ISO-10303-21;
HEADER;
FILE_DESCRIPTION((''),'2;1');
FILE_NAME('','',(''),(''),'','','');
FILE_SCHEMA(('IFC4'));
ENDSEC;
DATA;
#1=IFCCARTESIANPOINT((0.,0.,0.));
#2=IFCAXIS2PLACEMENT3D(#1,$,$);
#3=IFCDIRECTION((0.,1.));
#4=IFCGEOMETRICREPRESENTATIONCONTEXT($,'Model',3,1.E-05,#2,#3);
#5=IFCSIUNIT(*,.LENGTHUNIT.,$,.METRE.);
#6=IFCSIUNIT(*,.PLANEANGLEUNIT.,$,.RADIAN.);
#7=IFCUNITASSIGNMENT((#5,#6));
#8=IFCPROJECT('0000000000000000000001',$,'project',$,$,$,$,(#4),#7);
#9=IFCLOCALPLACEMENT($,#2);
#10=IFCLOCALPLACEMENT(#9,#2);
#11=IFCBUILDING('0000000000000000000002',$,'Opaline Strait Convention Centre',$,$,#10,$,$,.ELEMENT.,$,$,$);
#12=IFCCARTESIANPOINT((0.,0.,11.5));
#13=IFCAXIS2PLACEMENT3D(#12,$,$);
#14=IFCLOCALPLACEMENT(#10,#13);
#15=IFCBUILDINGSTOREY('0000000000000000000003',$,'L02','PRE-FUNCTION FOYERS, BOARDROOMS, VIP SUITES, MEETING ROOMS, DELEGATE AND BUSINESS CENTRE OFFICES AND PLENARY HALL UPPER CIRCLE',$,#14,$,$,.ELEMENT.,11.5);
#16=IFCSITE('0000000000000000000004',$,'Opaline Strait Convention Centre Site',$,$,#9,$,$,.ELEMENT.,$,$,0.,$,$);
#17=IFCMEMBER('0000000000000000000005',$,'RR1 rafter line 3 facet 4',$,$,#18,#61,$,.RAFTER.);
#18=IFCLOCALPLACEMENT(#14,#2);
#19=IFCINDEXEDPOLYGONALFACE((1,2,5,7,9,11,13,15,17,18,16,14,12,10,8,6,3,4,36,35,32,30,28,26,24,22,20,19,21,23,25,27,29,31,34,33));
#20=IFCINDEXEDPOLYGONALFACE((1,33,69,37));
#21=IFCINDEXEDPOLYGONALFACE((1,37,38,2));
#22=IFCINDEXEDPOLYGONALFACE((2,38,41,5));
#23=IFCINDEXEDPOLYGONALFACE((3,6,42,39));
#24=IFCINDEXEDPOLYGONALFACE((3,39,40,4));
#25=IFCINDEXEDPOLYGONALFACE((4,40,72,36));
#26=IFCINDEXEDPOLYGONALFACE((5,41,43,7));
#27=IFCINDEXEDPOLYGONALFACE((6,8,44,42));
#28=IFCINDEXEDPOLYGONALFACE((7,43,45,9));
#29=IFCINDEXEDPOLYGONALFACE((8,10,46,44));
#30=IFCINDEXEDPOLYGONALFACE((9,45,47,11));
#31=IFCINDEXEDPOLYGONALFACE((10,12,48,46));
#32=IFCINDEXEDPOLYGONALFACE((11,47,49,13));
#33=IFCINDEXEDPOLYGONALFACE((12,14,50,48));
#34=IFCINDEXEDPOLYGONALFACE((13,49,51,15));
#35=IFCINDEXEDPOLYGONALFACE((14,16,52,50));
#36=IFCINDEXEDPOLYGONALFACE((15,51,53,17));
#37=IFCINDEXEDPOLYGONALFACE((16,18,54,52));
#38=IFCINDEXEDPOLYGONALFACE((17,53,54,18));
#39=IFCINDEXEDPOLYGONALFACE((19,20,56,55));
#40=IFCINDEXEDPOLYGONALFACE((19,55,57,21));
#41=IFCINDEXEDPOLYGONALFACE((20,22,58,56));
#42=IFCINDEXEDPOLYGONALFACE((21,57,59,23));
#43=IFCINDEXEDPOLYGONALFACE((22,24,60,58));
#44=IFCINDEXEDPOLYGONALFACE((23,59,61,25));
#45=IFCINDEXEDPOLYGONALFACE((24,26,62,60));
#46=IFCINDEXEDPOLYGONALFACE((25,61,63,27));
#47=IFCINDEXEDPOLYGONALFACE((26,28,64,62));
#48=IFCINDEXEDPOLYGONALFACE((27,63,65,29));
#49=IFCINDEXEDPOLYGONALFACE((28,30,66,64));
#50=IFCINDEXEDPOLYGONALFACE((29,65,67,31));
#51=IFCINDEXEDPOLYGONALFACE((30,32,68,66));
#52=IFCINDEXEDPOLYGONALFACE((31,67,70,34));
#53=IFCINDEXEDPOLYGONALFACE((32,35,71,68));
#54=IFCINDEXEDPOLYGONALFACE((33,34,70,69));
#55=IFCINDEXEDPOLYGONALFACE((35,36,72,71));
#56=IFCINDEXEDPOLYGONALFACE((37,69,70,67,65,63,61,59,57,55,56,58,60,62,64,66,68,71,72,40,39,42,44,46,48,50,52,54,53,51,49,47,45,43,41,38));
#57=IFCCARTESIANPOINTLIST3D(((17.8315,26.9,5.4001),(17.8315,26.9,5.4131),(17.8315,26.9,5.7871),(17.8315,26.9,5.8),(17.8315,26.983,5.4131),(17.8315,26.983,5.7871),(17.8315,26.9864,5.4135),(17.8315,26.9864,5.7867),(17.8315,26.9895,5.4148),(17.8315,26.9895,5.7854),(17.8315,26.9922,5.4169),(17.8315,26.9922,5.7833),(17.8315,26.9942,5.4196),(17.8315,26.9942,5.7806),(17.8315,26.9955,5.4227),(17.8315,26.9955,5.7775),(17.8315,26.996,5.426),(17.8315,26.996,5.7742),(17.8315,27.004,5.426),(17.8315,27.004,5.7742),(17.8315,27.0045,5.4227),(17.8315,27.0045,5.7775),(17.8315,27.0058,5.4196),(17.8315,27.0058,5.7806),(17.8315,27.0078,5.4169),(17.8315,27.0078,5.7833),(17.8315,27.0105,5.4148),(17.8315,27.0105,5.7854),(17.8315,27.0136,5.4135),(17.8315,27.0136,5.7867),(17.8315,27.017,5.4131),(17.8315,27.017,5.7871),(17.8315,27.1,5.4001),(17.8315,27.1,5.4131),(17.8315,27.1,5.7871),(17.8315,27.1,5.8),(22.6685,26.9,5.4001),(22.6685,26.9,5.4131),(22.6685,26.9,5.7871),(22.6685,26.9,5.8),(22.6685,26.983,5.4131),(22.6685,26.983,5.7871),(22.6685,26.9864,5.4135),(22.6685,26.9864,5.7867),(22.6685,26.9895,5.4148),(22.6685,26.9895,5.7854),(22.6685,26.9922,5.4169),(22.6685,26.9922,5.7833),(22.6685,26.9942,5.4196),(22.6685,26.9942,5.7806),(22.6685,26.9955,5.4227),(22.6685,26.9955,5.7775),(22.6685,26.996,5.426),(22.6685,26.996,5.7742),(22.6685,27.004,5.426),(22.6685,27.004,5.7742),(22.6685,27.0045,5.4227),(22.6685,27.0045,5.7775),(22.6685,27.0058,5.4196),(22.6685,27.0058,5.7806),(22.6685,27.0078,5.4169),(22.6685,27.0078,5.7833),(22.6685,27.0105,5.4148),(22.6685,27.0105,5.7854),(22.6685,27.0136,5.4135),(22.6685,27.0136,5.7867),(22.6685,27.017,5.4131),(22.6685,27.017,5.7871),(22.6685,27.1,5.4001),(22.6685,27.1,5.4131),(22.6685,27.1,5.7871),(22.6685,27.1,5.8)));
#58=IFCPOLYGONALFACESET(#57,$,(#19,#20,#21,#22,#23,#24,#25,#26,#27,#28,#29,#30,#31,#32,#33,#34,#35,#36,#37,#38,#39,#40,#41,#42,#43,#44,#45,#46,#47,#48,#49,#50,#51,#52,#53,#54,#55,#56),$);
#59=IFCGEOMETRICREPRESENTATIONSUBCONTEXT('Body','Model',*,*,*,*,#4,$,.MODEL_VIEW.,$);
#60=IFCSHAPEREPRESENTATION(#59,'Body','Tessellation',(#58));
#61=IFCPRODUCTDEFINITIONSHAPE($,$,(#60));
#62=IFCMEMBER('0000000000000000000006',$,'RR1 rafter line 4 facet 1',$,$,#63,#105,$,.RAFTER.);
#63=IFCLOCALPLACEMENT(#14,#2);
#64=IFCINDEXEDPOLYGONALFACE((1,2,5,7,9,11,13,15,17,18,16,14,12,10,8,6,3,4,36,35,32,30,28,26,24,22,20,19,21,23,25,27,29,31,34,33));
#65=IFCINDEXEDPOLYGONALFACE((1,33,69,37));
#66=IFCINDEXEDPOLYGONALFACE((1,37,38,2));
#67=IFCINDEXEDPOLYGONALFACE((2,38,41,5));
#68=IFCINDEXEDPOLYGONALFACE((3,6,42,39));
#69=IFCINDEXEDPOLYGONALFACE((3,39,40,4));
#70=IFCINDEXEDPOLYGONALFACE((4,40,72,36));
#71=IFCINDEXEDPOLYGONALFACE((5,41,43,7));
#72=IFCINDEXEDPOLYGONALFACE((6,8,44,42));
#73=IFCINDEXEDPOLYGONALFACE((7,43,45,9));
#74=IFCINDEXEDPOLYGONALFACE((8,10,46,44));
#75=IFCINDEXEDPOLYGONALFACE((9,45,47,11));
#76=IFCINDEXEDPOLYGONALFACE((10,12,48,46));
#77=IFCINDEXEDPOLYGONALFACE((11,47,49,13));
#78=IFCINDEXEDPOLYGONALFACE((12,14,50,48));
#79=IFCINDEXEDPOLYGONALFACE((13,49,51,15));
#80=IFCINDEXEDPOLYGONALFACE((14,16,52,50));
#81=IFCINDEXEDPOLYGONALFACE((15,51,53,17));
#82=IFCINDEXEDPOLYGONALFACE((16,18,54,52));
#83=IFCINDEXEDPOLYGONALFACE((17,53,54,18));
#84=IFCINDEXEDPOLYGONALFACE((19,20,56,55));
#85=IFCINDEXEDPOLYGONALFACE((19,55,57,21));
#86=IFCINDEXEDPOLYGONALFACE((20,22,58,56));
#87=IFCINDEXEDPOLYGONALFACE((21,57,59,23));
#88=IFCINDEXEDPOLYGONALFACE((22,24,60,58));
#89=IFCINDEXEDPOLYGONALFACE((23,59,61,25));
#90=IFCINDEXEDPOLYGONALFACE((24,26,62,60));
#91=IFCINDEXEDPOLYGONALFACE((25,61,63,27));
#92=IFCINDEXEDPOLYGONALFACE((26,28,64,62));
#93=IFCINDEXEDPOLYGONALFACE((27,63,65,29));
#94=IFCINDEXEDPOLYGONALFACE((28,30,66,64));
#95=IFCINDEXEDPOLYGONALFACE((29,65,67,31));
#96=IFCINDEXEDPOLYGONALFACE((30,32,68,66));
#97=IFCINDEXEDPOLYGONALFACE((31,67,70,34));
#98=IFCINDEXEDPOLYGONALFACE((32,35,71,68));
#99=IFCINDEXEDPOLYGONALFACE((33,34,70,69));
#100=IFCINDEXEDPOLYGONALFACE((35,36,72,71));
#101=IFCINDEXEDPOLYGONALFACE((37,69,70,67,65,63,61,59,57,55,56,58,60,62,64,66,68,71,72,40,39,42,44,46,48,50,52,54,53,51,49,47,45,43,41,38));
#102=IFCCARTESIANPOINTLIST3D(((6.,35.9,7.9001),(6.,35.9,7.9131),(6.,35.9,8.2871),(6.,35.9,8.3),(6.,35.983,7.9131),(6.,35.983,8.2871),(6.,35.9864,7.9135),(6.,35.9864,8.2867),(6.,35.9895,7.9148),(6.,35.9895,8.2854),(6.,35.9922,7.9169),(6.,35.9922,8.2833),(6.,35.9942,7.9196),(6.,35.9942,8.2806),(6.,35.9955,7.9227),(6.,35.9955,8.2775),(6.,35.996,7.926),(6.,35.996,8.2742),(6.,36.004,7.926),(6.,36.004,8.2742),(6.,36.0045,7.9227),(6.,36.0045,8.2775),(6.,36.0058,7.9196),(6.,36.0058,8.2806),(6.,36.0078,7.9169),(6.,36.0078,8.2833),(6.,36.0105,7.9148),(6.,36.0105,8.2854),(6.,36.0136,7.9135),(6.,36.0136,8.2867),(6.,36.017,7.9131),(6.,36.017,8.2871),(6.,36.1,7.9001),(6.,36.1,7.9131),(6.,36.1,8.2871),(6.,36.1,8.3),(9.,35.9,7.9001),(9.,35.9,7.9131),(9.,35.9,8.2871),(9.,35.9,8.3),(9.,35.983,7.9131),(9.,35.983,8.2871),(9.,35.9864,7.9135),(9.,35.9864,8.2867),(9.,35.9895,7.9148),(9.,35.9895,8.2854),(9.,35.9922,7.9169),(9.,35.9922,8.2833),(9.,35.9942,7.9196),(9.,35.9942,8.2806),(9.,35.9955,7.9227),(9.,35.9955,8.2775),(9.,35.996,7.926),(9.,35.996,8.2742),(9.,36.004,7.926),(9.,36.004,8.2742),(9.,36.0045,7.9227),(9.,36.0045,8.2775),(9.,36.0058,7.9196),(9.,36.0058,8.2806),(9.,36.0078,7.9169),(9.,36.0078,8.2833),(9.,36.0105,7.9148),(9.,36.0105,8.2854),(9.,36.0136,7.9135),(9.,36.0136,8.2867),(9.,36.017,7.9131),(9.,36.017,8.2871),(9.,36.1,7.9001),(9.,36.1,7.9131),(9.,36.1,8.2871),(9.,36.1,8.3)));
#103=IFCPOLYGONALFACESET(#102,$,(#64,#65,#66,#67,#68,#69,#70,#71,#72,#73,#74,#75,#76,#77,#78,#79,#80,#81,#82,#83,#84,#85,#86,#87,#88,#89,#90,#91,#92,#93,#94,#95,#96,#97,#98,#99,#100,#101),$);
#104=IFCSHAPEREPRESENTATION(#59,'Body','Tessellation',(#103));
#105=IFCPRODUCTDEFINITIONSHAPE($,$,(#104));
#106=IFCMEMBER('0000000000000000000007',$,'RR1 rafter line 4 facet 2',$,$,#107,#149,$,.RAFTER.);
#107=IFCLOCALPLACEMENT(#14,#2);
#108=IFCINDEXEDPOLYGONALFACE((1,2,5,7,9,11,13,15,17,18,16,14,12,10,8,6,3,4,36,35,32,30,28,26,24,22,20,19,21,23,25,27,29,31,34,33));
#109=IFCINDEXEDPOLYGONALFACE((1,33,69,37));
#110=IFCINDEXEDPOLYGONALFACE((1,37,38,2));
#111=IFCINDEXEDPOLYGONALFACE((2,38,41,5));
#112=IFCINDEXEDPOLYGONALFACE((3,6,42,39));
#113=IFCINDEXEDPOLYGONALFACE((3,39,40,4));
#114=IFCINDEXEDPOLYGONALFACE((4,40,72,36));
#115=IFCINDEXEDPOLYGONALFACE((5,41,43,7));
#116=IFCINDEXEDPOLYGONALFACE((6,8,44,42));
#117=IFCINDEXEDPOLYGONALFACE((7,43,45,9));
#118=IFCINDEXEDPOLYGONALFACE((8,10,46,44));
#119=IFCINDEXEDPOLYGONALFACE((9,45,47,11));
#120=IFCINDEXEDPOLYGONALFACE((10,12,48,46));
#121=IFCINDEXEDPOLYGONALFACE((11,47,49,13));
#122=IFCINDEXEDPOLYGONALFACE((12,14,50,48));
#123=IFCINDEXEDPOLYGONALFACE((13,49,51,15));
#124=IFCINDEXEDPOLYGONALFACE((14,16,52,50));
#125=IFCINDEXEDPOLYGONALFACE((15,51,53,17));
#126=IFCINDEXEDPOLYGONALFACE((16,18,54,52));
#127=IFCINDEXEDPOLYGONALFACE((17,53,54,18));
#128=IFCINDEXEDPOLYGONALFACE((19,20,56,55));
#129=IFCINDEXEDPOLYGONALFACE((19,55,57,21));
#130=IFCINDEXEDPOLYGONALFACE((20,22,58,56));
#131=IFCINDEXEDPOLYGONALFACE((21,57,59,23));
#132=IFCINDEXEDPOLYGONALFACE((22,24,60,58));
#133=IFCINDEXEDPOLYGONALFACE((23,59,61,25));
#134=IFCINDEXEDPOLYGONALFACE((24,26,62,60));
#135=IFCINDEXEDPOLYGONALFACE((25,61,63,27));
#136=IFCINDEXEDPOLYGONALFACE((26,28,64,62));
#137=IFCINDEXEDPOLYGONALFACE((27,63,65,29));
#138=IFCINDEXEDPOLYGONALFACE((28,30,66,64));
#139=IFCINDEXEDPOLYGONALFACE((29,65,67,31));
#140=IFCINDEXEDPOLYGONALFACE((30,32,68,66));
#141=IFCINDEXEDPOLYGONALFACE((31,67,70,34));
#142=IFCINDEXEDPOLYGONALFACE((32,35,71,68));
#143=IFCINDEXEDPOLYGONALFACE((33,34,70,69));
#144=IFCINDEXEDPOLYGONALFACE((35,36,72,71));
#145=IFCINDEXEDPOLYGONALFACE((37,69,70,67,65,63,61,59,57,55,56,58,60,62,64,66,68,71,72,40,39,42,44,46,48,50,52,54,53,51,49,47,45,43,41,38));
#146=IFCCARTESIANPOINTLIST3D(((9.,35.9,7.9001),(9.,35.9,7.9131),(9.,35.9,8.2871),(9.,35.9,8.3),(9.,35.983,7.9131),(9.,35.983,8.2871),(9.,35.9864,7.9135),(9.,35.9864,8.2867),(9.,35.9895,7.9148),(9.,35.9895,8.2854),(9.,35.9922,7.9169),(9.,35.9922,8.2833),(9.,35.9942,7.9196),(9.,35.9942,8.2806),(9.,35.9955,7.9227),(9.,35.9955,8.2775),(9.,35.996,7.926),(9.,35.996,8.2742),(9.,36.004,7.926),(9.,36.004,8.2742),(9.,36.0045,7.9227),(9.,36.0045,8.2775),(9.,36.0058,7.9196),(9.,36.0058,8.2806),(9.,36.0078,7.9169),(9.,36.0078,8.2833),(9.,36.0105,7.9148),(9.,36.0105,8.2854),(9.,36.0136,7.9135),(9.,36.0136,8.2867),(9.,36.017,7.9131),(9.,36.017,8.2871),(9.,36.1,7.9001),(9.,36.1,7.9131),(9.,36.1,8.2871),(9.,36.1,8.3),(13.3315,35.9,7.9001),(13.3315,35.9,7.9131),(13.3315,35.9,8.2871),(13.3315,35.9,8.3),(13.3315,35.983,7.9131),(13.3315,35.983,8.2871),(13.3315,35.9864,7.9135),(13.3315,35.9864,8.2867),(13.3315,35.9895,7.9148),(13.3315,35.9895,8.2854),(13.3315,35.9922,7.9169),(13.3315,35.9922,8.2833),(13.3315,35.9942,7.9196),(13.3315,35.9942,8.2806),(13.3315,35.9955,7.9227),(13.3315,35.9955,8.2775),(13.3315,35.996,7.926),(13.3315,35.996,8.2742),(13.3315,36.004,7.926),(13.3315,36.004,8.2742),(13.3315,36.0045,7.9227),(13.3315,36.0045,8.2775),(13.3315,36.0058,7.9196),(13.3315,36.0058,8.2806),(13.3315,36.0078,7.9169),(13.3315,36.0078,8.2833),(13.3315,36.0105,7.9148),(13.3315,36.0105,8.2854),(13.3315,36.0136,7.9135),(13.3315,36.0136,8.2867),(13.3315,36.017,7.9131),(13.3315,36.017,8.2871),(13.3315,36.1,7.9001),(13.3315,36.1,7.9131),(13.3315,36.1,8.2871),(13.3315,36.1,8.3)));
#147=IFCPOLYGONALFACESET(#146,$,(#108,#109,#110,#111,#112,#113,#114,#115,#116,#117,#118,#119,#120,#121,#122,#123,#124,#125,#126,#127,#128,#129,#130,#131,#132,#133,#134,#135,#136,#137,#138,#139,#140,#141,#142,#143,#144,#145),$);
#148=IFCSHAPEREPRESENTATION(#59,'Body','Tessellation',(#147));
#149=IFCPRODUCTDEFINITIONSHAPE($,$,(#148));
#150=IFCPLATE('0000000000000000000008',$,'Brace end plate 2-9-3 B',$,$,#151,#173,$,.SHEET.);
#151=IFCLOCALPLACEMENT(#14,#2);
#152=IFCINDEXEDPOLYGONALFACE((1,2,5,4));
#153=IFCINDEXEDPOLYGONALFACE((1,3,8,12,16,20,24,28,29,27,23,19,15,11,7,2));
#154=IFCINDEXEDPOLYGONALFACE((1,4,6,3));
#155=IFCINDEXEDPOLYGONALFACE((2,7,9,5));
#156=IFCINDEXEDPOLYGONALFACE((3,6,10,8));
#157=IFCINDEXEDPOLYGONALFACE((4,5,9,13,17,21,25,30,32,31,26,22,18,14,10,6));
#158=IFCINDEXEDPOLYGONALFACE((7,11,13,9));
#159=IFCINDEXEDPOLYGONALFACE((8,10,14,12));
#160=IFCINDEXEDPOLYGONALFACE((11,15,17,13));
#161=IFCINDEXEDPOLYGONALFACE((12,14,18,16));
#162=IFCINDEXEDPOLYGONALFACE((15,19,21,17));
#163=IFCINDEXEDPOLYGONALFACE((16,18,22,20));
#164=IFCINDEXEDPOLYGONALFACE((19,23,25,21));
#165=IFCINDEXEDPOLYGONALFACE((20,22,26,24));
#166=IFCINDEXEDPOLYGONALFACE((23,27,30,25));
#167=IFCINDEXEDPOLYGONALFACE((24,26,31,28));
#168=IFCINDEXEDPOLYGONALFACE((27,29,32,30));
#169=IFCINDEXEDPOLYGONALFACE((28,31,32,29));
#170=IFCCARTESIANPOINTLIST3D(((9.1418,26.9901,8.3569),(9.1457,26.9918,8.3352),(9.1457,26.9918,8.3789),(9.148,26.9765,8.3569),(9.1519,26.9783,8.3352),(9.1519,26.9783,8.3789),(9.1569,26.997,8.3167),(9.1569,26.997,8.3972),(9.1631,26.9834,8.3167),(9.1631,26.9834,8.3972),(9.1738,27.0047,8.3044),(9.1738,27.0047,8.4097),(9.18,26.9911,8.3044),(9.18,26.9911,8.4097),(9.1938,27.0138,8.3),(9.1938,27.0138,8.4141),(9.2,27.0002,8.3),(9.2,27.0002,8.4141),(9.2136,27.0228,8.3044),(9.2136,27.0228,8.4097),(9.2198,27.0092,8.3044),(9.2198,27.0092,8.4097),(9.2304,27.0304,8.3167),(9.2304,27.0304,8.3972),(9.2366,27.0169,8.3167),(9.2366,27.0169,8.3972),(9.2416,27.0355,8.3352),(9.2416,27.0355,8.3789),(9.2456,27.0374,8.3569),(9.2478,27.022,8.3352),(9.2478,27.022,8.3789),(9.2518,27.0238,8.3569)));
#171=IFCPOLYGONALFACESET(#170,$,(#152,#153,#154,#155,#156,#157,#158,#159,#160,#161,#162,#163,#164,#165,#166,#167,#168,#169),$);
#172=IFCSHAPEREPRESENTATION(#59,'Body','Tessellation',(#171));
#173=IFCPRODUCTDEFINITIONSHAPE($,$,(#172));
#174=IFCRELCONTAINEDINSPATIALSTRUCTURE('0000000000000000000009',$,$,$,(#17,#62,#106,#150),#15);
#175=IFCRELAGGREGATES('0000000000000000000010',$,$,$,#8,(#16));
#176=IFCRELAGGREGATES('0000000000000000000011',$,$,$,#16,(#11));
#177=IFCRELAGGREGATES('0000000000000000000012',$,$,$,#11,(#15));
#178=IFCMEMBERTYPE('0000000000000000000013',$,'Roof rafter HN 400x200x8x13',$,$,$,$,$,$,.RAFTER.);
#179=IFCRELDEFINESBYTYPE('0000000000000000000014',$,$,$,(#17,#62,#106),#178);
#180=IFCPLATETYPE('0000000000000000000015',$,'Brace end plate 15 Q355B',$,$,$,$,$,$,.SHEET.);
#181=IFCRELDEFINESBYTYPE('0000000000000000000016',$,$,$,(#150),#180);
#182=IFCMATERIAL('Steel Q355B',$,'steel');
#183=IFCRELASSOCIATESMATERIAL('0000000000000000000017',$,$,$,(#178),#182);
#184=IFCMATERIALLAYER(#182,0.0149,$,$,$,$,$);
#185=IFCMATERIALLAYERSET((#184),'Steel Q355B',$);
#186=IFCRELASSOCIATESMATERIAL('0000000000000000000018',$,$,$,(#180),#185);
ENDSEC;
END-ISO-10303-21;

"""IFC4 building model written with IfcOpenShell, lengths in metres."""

from ifc_helpers import new_model, si_unit, direction, frame, origin, origin_2d, place, context, subcontext, project, spatial, polyline, i_section, outline, extrude, material, layer, layer_set, material_profile, profile_set, type_object, element, save


model = new_model("IFC4")

# Units and contexts
model_context = context("Model", 3, precision=1e-05, world=origin(), true_north=direction((0.0, 1.0)))
body_context = subcontext(model_context, "Body", "Model", "MODEL_VIEW")
ifc_project = project(units=[si_unit("LENGTHUNIT", "METRE"), si_unit("PLANEANGLEUNIT", "RADIAN")], contexts=[model_context])

# Site, building, storey
site_placement = place(None, origin())
site = spatial("IfcSite", under=ifc_project, at=site_placement, Name="Opaline Strait Convention Centre Site", CompositionType="ELEMENT", RefElevation=0.0)
building_placement = place(site_placement, origin())
building = spatial("IfcBuilding", under=site, at=building_placement, Name="Opaline Strait Convention Centre", CompositionType="ELEMENT")
storey_placement = place(building_placement, frame((0.0, 0.0, 11.5)))
storey = spatial("IfcBuildingStorey", under=building, at=storey_placement, Name="L02", Description="PRE-FUNCTION FOYERS, BOARDROOMS, VIP SUITES, MEETING ROOMS, DELEGATE AND BUSINESS CENTRE OFFICES AND PLENARY HALL UPPER CIRCLE", CompositionType="ELEMENT", Elevation=11.5)

# Shared definitions
ifc_material_1 = material(Name="Steel Q355B", Category="steel")

# Members
ifc_material_profile_1 = material_profile(ifc_material_1, i_section(OverallWidth=0.2, OverallDepth=0.3999, WebThickness=0.0081, FlangeThickness=0.0129, FilletRadius=0.0129, at=origin_2d()), Name="HN 400x200x8x13")
ifc_profile_set_1 = profile_set([ifc_material_profile_1], Name="Steel Q355B")
member_type_1 = type_object("IfcMemberType", Name="Roof rafter HN 400x200x8x13", PredefinedType="RAFTER", material=ifc_profile_set_1)
member_1_placement = place(storey_placement, frame((17.8315, 27.0, 5.6001), z_axis=(1.0, 0.0, 0.0), x_axis=(0.0, 1.0, 0.0)))
element("IfcMember", 1, at=member_1_placement, inside=storey, type_object=member_type_1, Name="RR1 rafter line 3 facet 4", PredefinedType="RAFTER", context=body_context, shape_type="SweptSolid", body=[
    extrude(i_section(OverallWidth=0.2, OverallDepth=0.3999, WebThickness=0.0081, FlangeThickness=0.0129, FilletRadius=0.0129, at=origin_2d()), origin(), (0.0, 0.0, 1.0), 4.8369),
])
member_2_placement = place(storey_placement, frame((6.0, 36.0, 8.1001), z_axis=(1.0, 0.0, 0.0), x_axis=(0.0, 1.0, 0.0)))
element("IfcMember", 2, at=member_2_placement, inside=storey, type_object=member_type_1, Name="RR1 rafter line 4 facet 1", PredefinedType="RAFTER", context=body_context, shape_type="SweptSolid", body=[
    extrude(i_section(OverallWidth=0.2, OverallDepth=0.3999, WebThickness=0.0081, FlangeThickness=0.0129, FilletRadius=0.0129, at=origin_2d()), origin(), (0.0, 0.0, 1.0), 3.0),
])
member_3_placement = place(storey_placement, frame((9.0, 36.0, 8.1001), z_axis=(1.0, 0.0, 0.0), x_axis=(0.0, 1.0, 0.0)))
element("IfcMember", 3, at=member_3_placement, inside=storey, type_object=member_type_1, Name="RR1 rafter line 4 facet 2", PredefinedType="RAFTER", context=body_context, shape_type="SweptSolid", body=[
    extrude(i_section(OverallWidth=0.2, OverallDepth=0.3999, WebThickness=0.0081, FlangeThickness=0.0129, FilletRadius=0.0129, at=origin_2d()), origin(), (0.0, 0.0, 1.0), 4.3315),
])

# Plate
ifc_layer_1 = layer(ifc_material_1, 0.0149)
ifc_layer_set_1 = layer_set([ifc_layer_1], Name="Steel Q355B")
plate_type = type_object("IfcPlateType", Name="Brace end plate 15 Q355B", PredefinedType="SHEET", material=ifc_layer_set_1)
plate_1_placement = place(storey_placement, frame((9.2456, 27.0374, 8.3569), z_axis=(-0.414547, 0.910028, 0.0), x_axis=(-0.179212, -0.081637, -0.980418)))
element("IfcPlate", 4, at=plate_1_placement, inside=storey, type_object=plate_type, Name="Brace end plate 2-9-3 B", PredefinedType="SHEET", context=body_context, shape_type="SweptSolid", body=[
    extrude(outline(polyline([(0.0, 0.0), (0.0222, 0.0), (0.0428, 0.0084), (0.0584, 0.0242), (0.067, 0.0446), (0.067, 0.067), (0.0587, 0.0876), (0.0429, 0.1034), (0.0225, 0.1118), (0.0001, 0.112), (-0.0203, 0.1035), (-0.0362, 0.0877), (-0.0448, 0.0671), (-0.0448, 0.0449), (-0.0362, 0.0243), (-0.0207, 0.0086), (0.0, 0.0)])), origin(), (0.0, 0.0, -1.0), 0.0149),
])

save(model, "model.ifc")
